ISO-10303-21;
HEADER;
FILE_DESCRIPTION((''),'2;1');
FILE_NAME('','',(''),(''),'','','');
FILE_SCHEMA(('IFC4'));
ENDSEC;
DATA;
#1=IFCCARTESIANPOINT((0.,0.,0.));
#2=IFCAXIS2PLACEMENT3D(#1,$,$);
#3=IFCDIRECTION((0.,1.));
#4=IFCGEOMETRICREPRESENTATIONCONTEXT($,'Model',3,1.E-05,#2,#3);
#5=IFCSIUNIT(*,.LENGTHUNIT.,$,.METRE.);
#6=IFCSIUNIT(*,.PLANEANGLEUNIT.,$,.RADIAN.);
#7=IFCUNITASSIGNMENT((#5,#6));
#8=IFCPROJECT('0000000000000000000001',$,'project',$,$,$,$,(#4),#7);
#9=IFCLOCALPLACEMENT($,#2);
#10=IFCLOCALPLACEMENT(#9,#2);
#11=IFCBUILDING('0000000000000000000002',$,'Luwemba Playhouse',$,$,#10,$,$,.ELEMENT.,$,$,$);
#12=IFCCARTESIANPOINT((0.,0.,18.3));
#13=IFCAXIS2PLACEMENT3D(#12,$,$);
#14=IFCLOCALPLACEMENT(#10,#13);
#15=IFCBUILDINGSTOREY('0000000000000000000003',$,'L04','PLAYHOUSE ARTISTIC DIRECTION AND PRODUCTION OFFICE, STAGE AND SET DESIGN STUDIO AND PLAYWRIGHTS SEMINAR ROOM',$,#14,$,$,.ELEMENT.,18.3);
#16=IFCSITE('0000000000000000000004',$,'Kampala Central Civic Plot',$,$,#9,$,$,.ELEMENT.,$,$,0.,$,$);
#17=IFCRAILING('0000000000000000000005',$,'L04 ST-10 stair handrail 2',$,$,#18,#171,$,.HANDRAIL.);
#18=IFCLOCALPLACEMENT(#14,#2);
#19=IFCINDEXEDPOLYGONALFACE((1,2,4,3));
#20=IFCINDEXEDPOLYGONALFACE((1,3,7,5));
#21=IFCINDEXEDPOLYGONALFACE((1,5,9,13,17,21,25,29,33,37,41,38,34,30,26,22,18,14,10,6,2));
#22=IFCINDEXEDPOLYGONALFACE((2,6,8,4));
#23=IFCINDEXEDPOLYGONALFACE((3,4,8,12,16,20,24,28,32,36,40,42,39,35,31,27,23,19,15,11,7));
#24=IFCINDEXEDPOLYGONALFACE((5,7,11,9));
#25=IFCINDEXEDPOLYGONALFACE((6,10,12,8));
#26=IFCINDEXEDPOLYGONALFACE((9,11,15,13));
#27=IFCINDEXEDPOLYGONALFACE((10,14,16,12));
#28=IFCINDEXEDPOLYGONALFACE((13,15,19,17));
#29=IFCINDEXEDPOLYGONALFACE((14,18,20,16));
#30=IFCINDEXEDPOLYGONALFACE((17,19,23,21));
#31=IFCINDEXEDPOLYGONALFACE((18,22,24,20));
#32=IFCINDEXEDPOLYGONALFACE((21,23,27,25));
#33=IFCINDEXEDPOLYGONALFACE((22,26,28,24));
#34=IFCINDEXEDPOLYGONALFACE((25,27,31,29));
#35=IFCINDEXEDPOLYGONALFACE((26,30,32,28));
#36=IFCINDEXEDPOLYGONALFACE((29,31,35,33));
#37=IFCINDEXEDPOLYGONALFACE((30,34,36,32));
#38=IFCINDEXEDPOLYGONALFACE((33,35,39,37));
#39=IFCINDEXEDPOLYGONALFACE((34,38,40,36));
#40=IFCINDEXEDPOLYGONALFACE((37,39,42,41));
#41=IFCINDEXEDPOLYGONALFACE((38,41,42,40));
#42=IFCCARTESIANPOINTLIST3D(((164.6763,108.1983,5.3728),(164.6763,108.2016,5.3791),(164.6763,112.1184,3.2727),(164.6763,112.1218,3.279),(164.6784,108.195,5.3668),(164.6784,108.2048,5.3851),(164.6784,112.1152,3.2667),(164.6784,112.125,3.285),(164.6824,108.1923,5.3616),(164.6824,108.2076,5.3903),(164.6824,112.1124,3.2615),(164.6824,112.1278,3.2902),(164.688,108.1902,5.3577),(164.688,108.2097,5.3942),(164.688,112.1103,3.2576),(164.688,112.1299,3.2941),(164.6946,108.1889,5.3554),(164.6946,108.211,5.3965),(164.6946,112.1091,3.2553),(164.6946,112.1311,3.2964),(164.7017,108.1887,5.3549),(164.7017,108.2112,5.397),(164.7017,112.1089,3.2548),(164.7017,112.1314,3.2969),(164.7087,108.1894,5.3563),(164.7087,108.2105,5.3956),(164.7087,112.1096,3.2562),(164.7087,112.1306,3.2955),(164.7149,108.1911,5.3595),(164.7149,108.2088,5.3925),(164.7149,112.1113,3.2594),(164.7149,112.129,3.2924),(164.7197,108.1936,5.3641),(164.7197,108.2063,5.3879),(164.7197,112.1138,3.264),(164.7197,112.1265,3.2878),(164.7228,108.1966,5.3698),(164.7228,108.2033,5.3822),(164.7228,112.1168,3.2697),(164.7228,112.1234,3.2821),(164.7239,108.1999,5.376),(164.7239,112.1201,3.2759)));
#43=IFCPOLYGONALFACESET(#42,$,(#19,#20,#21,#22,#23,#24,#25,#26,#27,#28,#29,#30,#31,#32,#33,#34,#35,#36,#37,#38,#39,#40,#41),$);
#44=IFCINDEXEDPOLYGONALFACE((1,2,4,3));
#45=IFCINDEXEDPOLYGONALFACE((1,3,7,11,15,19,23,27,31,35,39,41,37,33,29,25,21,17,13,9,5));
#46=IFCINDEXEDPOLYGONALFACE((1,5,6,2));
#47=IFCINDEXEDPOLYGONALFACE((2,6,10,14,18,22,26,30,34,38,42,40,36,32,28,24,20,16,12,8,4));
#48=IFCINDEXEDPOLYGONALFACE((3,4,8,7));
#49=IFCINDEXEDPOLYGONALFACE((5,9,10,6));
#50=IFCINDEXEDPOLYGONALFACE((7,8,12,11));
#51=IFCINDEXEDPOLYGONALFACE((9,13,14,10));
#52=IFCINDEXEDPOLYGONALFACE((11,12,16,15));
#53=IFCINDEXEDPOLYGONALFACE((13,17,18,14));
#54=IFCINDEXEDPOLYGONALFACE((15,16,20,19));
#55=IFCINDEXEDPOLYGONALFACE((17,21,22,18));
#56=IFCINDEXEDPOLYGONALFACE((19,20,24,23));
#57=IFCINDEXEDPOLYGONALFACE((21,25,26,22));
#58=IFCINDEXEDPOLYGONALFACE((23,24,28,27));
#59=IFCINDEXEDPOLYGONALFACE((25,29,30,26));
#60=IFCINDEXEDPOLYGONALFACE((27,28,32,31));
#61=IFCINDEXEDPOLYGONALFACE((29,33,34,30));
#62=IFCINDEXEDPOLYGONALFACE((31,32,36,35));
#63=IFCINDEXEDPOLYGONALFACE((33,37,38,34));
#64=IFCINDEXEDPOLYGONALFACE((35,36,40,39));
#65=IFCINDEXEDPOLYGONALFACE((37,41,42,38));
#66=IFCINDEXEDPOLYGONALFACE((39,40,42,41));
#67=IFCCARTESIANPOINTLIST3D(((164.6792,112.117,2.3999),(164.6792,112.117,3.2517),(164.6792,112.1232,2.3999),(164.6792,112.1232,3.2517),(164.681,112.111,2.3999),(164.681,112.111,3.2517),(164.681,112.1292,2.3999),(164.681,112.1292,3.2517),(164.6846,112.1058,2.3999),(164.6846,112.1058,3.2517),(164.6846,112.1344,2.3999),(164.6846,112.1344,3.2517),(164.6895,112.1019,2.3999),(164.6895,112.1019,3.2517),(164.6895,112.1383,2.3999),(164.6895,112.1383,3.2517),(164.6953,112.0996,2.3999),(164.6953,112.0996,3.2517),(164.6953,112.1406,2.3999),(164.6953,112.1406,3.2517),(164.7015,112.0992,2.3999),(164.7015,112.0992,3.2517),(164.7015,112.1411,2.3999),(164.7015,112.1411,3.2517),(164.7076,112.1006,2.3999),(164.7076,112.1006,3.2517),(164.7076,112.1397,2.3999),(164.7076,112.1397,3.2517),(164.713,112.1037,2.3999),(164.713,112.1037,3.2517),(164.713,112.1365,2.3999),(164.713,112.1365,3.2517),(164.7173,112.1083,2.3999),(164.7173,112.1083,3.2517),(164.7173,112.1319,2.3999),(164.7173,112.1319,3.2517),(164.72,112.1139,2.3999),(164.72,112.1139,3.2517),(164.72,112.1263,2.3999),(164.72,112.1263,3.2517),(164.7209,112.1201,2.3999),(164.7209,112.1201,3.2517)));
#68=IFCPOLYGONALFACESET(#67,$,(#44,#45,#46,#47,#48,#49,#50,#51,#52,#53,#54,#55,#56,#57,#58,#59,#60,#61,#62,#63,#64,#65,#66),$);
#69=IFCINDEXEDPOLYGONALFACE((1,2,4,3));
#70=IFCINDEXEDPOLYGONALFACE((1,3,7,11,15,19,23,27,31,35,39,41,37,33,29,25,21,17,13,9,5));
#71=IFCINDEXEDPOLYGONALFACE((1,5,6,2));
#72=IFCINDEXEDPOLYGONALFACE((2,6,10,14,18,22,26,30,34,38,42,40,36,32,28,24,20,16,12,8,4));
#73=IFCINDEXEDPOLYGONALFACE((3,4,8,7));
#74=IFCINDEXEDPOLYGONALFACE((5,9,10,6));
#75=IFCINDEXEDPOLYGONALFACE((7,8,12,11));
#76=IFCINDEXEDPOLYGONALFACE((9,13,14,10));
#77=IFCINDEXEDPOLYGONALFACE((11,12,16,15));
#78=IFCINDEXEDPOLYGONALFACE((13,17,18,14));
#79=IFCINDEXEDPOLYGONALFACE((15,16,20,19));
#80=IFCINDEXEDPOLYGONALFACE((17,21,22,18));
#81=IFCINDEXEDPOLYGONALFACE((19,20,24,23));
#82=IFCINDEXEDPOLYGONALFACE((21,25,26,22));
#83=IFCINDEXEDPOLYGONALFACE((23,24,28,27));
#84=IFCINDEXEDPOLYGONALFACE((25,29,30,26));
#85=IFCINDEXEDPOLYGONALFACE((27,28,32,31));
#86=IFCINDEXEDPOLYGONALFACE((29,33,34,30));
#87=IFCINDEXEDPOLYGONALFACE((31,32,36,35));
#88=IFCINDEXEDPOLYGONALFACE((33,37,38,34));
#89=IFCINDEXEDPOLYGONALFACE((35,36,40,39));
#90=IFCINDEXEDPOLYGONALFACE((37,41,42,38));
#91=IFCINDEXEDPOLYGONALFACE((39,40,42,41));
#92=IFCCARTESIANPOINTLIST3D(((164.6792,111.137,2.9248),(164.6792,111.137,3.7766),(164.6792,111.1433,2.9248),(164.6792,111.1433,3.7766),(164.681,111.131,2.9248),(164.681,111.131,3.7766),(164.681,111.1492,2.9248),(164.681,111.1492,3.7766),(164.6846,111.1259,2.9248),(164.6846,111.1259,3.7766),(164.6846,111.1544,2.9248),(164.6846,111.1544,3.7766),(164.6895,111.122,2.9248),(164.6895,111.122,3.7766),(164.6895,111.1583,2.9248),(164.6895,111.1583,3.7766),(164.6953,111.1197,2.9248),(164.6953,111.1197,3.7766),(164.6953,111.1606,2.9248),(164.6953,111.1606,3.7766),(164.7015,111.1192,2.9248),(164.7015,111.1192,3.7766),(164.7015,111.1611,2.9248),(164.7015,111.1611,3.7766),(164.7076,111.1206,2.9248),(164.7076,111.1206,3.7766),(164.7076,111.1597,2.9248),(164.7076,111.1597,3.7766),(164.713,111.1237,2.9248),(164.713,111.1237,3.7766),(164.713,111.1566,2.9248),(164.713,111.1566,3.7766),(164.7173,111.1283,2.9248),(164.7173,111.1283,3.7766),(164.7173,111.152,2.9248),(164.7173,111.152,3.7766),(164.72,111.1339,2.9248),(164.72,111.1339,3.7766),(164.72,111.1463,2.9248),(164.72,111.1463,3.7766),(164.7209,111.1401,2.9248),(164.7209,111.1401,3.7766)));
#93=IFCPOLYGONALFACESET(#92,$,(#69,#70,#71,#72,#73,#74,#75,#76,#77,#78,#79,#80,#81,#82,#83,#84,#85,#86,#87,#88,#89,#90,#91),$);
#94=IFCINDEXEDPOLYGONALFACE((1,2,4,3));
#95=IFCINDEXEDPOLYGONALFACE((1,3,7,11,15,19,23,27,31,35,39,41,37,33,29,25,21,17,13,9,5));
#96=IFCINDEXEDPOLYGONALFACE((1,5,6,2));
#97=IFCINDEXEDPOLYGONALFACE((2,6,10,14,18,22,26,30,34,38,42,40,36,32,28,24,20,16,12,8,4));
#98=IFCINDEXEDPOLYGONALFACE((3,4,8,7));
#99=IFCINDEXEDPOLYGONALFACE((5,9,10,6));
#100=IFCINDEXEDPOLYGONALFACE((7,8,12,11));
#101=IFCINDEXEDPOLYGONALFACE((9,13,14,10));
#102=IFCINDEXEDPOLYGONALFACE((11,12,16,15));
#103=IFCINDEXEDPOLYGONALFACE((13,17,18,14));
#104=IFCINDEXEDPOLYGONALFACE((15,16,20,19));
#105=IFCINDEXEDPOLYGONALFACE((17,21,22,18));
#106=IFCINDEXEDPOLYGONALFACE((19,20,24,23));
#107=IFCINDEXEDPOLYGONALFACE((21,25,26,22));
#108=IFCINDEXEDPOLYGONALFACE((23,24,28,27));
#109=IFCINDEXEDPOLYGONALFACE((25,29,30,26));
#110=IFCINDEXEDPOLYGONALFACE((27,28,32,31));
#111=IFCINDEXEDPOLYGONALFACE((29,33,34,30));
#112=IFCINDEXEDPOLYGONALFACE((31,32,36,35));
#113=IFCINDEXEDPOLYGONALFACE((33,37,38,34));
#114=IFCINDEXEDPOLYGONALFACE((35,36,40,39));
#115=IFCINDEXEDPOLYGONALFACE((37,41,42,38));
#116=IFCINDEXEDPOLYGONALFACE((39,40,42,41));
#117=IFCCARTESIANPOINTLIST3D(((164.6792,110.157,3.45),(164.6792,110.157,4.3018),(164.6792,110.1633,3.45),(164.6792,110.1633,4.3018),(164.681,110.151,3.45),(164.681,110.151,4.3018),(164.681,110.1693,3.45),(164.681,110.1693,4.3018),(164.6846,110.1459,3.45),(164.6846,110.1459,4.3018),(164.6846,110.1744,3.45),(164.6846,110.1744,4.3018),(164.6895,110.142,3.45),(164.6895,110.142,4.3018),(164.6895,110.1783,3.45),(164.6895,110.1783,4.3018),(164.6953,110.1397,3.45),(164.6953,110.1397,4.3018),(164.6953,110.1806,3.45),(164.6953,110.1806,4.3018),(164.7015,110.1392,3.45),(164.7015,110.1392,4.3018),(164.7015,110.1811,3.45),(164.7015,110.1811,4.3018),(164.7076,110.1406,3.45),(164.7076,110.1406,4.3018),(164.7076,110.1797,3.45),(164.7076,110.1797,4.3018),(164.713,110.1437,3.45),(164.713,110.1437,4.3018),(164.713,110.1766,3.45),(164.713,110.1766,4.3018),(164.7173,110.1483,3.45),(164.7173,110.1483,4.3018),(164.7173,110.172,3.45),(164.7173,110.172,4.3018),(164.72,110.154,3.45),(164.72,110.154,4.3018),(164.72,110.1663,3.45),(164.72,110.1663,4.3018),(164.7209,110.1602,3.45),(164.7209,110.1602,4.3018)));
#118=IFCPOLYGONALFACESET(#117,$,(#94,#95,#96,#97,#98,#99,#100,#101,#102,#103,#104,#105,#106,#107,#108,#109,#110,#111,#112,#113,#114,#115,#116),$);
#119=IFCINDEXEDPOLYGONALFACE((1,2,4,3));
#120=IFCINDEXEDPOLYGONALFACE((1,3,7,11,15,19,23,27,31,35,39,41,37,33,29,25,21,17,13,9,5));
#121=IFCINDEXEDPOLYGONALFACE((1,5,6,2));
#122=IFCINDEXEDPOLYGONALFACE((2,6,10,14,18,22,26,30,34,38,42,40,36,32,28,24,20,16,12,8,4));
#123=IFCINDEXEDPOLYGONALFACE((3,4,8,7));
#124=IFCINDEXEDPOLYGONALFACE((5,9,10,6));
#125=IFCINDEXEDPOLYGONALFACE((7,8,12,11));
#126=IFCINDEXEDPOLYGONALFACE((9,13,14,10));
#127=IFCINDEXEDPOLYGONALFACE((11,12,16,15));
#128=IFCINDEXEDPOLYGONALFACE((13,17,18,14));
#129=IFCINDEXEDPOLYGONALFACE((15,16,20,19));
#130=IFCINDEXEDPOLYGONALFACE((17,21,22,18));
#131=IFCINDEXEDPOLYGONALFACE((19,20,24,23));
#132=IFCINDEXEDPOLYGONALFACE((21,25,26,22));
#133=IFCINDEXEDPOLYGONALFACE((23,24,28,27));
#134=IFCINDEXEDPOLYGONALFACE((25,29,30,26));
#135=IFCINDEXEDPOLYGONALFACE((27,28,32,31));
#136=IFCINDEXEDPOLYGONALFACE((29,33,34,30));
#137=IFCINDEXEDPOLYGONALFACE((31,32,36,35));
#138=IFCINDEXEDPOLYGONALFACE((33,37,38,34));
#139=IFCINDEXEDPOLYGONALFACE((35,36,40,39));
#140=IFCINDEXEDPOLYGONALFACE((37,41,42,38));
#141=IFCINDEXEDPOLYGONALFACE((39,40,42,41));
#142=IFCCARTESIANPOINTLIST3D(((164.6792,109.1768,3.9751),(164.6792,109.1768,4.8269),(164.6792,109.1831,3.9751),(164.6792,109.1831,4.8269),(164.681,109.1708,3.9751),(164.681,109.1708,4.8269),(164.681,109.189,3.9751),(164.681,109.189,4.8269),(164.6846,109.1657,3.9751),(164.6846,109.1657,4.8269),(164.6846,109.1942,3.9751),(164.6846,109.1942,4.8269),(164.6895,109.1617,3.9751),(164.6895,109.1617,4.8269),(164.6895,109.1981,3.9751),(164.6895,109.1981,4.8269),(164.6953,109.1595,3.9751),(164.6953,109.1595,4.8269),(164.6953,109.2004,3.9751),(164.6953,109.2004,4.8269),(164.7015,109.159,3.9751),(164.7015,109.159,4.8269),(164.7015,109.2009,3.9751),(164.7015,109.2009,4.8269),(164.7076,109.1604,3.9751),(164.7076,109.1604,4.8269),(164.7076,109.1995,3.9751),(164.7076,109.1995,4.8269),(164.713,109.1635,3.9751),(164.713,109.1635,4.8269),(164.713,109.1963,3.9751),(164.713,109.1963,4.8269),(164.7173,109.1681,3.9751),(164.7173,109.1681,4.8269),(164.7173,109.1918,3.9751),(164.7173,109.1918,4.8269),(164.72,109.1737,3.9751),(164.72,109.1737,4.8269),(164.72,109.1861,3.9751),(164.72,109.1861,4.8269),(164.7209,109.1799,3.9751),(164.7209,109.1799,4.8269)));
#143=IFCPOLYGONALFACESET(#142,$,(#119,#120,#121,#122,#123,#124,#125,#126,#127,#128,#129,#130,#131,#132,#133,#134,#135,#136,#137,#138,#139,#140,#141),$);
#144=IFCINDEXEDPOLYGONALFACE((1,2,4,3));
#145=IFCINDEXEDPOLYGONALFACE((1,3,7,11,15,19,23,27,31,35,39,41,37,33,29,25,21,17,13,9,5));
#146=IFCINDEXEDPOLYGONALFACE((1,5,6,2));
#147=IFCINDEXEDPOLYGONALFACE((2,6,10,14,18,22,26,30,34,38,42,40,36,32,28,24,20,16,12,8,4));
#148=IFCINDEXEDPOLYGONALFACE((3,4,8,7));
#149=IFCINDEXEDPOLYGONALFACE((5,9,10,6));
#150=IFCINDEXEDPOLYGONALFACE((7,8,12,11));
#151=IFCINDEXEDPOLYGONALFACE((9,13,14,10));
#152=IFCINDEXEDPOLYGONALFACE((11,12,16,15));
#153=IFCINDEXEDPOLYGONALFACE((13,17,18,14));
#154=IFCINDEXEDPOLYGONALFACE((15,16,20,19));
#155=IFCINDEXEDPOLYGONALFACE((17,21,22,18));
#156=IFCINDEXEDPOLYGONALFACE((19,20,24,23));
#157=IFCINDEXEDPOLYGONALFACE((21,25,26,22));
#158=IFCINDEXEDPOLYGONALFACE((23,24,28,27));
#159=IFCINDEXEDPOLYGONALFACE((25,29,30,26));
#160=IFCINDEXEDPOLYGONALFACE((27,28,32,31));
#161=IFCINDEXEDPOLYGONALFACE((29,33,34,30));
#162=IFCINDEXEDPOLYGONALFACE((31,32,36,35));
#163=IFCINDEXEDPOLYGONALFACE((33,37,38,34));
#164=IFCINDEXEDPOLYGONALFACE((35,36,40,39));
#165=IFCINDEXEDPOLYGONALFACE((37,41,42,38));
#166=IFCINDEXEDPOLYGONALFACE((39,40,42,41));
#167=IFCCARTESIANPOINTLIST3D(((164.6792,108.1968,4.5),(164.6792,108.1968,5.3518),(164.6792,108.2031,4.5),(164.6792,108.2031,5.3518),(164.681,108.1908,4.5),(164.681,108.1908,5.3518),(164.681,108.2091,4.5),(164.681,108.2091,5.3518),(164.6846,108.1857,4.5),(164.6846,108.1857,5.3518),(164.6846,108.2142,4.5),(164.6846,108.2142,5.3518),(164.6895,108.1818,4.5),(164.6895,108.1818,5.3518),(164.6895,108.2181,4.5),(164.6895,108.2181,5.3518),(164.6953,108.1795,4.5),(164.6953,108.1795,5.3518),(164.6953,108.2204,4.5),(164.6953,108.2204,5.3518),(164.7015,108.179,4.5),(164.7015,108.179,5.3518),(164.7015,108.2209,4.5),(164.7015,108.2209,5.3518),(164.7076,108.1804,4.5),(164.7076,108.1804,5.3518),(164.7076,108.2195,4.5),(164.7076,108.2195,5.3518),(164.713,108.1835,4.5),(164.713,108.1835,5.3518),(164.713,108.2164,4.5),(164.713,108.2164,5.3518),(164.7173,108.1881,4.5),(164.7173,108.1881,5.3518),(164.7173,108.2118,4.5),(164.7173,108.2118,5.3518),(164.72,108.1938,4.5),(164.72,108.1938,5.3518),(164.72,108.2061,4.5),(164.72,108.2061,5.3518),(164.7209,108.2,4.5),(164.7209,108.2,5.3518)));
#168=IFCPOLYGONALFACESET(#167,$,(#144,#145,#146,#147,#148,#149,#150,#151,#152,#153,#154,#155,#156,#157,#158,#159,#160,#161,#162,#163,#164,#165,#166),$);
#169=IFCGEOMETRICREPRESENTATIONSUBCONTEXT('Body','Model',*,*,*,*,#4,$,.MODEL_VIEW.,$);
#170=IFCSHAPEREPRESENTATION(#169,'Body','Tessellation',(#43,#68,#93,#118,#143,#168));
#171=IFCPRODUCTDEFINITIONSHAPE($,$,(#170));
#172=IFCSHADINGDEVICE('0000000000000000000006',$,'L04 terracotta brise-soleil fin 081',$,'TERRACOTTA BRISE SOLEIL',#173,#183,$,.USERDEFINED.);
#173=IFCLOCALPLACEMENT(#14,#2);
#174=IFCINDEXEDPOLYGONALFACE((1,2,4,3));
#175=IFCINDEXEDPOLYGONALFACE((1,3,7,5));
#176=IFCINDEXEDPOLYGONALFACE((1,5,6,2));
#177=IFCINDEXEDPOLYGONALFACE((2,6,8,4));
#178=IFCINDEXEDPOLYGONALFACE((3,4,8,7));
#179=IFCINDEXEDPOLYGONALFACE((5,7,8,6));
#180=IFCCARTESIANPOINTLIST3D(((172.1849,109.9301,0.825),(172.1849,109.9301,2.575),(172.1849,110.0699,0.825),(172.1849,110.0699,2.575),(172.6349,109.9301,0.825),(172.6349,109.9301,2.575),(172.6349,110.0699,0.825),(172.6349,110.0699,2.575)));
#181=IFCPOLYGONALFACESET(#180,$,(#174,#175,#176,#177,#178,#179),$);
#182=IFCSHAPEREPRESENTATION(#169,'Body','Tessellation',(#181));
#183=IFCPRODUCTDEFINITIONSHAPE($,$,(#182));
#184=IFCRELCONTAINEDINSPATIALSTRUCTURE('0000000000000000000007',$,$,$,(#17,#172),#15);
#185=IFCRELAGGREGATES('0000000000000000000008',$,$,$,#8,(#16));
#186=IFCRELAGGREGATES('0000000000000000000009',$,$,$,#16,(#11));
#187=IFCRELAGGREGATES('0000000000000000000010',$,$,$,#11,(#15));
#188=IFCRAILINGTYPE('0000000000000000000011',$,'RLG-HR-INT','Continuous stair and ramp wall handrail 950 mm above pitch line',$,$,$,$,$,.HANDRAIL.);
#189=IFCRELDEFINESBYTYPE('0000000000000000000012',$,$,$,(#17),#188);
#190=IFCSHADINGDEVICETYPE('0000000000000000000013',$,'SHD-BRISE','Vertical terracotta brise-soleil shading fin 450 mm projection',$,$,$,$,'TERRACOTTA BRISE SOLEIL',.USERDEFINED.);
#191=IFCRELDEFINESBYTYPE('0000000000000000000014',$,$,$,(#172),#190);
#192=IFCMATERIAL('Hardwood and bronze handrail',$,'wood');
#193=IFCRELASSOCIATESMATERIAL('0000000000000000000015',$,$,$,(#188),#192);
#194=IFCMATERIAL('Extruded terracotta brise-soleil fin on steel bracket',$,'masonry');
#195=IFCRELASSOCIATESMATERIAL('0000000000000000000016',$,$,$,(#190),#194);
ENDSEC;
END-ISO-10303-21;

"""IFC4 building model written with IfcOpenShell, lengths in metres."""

from ifc_helpers import new_model, si_unit, direction, frame, origin, origin_2d, place, context, subcontext, project, spatial, rectangle, circle, extrude, material, type_object, element, save


model = new_model("IFC4")

# Units and contexts
model_context = context("Model", 3, precision=1e-05, world=origin(), true_north=direction((0.0, 1.0)))
body_context = subcontext(model_context, "Body", "Model", "MODEL_VIEW")
ifc_project = project(units=[si_unit("LENGTHUNIT", "METRE"), si_unit("PLANEANGLEUNIT", "RADIAN")], contexts=[model_context])

# Site, building, storey
site_placement = place(None, origin())
site = spatial("IfcSite", under=ifc_project, at=site_placement, Name="Kampala Central Civic Plot", CompositionType="ELEMENT", RefElevation=0.0)
building_placement = place(site_placement, origin())
building = spatial("IfcBuilding", under=site, at=building_placement, Name="Luwemba Playhouse", CompositionType="ELEMENT")
storey_placement = place(building_placement, frame((0.0, 0.0, 18.3)))
storey = spatial("IfcBuildingStorey", under=building, at=storey_placement, Name="L04", Description="PLAYHOUSE ARTISTIC DIRECTION AND PRODUCTION OFFICE, STAGE AND SET DESIGN STUDIO AND PLAYWRIGHTS SEMINAR ROOM", CompositionType="ELEMENT", Elevation=18.3)

# Railing
ifc_material_1 = material(Name="Hardwood and bronze handrail", Category="wood")
railing_type_1 = type_object("IfcRailingType", Name="RLG-HR-INT", Description="Continuous stair and ramp wall handrail 950 mm above pitch line", PredefinedType="HANDRAIL", material=ifc_material_1)
railing_1_placement = place(storey_placement, frame((164.7, 112.1201, 2.3999)))
element("IfcRailing", 1, at=railing_1_placement, inside=storey, type_object=railing_type_1, Name="L04 ST-10 stair handrail 2", PredefinedType="HANDRAIL", context=body_context, shape_type="SweptSolid", body=[
    extrude(circle(Radius=0.0239, at=origin_2d()), frame((0.0, 0.0, 0.876), z_axis=(0.0, -0.881479, 0.472223), x_axis=(1.0, 0.0, 0.0)), (0.0, 0.0, 1.0), 4.4473),
    extrude(circle(Radius=0.021, at=origin_2d()), origin(), (0.0, 0.0, 1.0), 0.8518),
    extrude(circle(Radius=0.021, at=origin_2d()), frame((0.0, -0.98, 0.5249)), (0.0, 0.0, 1.0), 0.8518),
    extrude(circle(Radius=0.021, at=origin_2d()), frame((0.0, -1.96, 1.05)), (0.0, 0.0, 1.0), 0.8518),
    extrude(circle(Radius=0.021, at=origin_2d()), frame((0.0, -2.9402, 1.5752)), (0.0, 0.0, 1.0), 0.8518),
    extrude(circle(Radius=0.021, at=origin_2d()), frame((0.0, -3.9202, 2.1001)), (0.0, 0.0, 1.0), 0.8518),
])

# Shading device
ifc_material_2 = material(Name="Extruded terracotta brise-soleil fin on steel bracket", Category="masonry")
shading_device_type = type_object("IfcShadingDeviceType", Name="SHD-BRISE", Description="Vertical terracotta brise-soleil shading fin 450 mm projection", ElementType="TERRACOTTA BRISE SOLEIL", PredefinedType="USERDEFINED", material=ifc_material_2)
shading_device_placement = place(storey_placement, frame((172.4099, 110.0, 0.825), z_axis=(0.0, 0.0, 1.0), x_axis=(0.0, -1.0, 0.0)))
element("IfcShadingDevice", 2, at=shading_device_placement, inside=storey, type_object=shading_device_type, Name="L04 terracotta brise-soleil fin 081", ObjectType="TERRACOTTA BRISE SOLEIL", PredefinedType="USERDEFINED", context=body_context, shape_type="SweptSolid", body=[
    extrude(rectangle(XDim=0.1399, YDim=0.45, at=origin_2d()), origin(), (0.0, 0.0, 1.0), 1.75),
])

save(model, "model.ifc")
